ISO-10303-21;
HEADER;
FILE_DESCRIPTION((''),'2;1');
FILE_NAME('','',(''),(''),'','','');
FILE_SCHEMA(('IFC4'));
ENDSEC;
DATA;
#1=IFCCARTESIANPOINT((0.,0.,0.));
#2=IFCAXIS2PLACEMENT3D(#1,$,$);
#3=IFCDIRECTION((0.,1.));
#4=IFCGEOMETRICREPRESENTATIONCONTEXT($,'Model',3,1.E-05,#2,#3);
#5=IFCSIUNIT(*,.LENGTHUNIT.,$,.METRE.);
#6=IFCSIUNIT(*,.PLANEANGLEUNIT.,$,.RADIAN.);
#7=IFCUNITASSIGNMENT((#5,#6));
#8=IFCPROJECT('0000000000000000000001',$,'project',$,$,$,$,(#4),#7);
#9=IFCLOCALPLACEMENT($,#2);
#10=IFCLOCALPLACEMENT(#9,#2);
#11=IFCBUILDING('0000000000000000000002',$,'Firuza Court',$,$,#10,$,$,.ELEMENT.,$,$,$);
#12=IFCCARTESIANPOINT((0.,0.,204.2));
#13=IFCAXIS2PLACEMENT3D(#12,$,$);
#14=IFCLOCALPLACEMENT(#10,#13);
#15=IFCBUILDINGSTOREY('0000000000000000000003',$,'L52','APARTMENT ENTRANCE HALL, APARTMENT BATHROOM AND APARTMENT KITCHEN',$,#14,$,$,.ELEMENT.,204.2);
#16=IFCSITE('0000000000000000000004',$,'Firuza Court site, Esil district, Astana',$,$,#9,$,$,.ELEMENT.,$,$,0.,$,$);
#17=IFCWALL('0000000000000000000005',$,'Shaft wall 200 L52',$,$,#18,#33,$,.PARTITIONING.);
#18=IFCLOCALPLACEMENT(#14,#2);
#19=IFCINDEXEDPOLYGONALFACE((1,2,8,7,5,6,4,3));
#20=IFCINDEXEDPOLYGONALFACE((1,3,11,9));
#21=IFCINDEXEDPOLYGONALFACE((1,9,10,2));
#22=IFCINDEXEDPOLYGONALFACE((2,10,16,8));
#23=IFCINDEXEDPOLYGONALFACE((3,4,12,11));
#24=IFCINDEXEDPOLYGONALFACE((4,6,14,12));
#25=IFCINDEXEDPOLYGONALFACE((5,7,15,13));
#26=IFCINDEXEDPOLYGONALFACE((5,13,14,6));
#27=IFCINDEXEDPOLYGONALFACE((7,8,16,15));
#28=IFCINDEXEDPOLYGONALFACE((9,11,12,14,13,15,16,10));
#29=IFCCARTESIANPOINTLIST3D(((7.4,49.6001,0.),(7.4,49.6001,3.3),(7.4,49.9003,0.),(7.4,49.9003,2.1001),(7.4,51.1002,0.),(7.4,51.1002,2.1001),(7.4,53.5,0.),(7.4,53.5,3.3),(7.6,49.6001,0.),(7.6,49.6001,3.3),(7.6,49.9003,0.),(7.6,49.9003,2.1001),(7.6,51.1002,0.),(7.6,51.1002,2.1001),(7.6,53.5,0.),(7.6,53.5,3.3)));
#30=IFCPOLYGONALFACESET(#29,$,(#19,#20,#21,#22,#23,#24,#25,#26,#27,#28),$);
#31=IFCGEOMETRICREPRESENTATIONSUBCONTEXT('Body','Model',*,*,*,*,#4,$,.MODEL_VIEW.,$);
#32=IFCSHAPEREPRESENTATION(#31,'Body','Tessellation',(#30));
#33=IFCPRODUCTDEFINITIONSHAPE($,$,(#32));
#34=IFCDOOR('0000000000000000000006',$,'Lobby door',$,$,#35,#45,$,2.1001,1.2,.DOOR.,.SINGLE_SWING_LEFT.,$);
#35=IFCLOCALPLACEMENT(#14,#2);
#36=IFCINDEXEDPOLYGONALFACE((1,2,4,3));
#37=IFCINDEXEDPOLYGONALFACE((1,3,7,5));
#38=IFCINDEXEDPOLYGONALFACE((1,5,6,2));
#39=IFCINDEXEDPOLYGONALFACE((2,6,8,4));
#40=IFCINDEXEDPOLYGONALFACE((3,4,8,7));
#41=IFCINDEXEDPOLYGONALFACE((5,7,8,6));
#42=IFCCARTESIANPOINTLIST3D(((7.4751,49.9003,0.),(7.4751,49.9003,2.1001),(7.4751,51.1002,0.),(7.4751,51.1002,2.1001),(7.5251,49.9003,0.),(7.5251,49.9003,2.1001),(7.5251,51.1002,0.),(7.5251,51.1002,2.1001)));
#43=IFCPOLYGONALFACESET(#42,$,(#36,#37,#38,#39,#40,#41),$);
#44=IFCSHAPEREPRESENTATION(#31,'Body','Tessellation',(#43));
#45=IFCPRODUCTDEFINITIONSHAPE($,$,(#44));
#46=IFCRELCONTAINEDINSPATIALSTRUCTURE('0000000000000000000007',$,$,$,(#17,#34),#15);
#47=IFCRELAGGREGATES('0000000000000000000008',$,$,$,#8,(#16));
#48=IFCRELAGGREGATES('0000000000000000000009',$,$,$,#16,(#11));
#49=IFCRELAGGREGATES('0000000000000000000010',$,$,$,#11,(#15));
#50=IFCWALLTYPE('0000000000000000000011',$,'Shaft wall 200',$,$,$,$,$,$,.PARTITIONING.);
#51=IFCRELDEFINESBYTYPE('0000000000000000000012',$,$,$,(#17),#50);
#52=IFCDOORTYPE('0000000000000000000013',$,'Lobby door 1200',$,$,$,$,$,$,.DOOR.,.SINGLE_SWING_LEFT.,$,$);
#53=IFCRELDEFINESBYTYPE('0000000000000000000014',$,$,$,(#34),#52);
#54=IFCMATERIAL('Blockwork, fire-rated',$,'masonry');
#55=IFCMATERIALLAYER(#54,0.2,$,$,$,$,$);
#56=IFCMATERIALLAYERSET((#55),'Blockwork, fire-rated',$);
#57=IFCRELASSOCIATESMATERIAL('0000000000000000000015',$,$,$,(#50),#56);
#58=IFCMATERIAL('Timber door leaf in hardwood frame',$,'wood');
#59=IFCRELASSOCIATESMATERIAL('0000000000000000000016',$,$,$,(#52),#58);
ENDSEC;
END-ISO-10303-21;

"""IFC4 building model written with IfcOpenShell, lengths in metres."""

from ifc_helpers import new_model, si_unit, direction, frame, frame_2d, origin, place, context, subcontext, project, spatial, rectangle, extrude, material, layer, layer_set, type_object, element, fill, save


model = new_model("IFC4")

# Units and contexts
model_context = context("Model", 3, precision=1e-05, world=origin(), true_north=direction((0.0, 1.0)))
body_context = subcontext(model_context, "Body", "Model", "MODEL_VIEW")
ifc_project = project(units=[si_unit("LENGTHUNIT", "METRE"), si_unit("PLANEANGLEUNIT", "RADIAN")], contexts=[model_context])

# Site, building, storey
site_placement = place(None, origin())
site = spatial("IfcSite", under=ifc_project, at=site_placement, Name="Firuza Court site, Esil district, Astana", CompositionType="ELEMENT", RefElevation=0.0)
building_placement = place(site_placement, origin())
building = spatial("IfcBuilding", under=site, at=building_placement, Name="Firuza Court", CompositionType="ELEMENT")
storey_placement = place(building_placement, frame((0.0, 0.0, 204.2)))
storey = spatial("IfcBuildingStorey", under=building, at=storey_placement, Name="L52", Description="APARTMENT ENTRANCE HALL, APARTMENT BATHROOM AND APARTMENT KITCHEN", CompositionType="ELEMENT", Elevation=204.2)

# Shared definitions
ifc_material_1 = material(Name="Blockwork, fire-rated", Category="masonry")
ifc_layer_1 = layer(ifc_material_1, 0.2)
ifc_layer_set_1 = layer_set([ifc_layer_1], Name="Blockwork, fire-rated")
wall_type_1 = type_object("IfcWallType", Name="Shaft wall 200", PredefinedType="PARTITIONING", material=ifc_layer_set_1)

# Wall, opening, door
wall_1_placement = place(storey_placement, frame((7.5, 49.6001, 0.0), z_axis=(0.0, 0.0, 1.0), x_axis=(0.0, 1.0, 0.0)))
wall_1 = element("IfcWall", 1, at=wall_1_placement, inside=storey, type_object=wall_type_1, Name="Shaft wall 200 L52", PredefinedType="PARTITIONING", context=body_context, shape_type="SweptSolid", body=[
    extrude(rectangle(XDim=3.8999, YDim=0.2, at=frame_2d((1.95, 0.0))), origin(), (0.0, 0.0, 1.0), 3.3),
])
opening_1_placement = place(wall_1_placement, frame((0.3, 0.0, 0.0)))
opening_1 = element("IfcOpeningElement", 2, at=opening_1_placement, cuts=wall_1, PredefinedType="OPENING", context=body_context, shape_type="SweptSolid", body=[
    extrude(rectangle(XDim=1.2, YDim=2.1001, at=frame_2d((0.6001, 1.05))), frame((0.0, 0.1118, 0.0), z_axis=(0.0, -1.0, 0.0), x_axis=(1.0, 0.0, 0.0)), (0.0, 0.0, 1.0), 0.2239),
])
ifc_material_2 = material(Name="Timber door leaf in hardwood frame", Category="wood")
door_type_1 = type_object("IfcDoorType", Name="Lobby door 1200", OperationType="SINGLE_SWING_LEFT", PredefinedType="DOOR", material=ifc_material_2)
door_1_placement = place(opening_1_placement, origin())
door_1 = element("IfcDoor", 3, at=door_1_placement, inside=storey, type_object=door_type_1, Name="Lobby door", OperationType="SINGLE_SWING_LEFT", OverallHeight=2.1001, OverallWidth=1.2, PredefinedType="DOOR", context=body_context, shape_type="SweptSolid", body=[
    extrude(rectangle(XDim=1.2, YDim=2.1001, at=frame_2d((0.6001, 1.05))), frame((0.0, 0.0249, 0.0), z_axis=(0.0, -1.0, 0.0), x_axis=(1.0, 0.0, 0.0)), (0.0, 0.0, 1.0), 0.05),
])
fill(opening_1, door_1)

save(model, "model.ifc")
